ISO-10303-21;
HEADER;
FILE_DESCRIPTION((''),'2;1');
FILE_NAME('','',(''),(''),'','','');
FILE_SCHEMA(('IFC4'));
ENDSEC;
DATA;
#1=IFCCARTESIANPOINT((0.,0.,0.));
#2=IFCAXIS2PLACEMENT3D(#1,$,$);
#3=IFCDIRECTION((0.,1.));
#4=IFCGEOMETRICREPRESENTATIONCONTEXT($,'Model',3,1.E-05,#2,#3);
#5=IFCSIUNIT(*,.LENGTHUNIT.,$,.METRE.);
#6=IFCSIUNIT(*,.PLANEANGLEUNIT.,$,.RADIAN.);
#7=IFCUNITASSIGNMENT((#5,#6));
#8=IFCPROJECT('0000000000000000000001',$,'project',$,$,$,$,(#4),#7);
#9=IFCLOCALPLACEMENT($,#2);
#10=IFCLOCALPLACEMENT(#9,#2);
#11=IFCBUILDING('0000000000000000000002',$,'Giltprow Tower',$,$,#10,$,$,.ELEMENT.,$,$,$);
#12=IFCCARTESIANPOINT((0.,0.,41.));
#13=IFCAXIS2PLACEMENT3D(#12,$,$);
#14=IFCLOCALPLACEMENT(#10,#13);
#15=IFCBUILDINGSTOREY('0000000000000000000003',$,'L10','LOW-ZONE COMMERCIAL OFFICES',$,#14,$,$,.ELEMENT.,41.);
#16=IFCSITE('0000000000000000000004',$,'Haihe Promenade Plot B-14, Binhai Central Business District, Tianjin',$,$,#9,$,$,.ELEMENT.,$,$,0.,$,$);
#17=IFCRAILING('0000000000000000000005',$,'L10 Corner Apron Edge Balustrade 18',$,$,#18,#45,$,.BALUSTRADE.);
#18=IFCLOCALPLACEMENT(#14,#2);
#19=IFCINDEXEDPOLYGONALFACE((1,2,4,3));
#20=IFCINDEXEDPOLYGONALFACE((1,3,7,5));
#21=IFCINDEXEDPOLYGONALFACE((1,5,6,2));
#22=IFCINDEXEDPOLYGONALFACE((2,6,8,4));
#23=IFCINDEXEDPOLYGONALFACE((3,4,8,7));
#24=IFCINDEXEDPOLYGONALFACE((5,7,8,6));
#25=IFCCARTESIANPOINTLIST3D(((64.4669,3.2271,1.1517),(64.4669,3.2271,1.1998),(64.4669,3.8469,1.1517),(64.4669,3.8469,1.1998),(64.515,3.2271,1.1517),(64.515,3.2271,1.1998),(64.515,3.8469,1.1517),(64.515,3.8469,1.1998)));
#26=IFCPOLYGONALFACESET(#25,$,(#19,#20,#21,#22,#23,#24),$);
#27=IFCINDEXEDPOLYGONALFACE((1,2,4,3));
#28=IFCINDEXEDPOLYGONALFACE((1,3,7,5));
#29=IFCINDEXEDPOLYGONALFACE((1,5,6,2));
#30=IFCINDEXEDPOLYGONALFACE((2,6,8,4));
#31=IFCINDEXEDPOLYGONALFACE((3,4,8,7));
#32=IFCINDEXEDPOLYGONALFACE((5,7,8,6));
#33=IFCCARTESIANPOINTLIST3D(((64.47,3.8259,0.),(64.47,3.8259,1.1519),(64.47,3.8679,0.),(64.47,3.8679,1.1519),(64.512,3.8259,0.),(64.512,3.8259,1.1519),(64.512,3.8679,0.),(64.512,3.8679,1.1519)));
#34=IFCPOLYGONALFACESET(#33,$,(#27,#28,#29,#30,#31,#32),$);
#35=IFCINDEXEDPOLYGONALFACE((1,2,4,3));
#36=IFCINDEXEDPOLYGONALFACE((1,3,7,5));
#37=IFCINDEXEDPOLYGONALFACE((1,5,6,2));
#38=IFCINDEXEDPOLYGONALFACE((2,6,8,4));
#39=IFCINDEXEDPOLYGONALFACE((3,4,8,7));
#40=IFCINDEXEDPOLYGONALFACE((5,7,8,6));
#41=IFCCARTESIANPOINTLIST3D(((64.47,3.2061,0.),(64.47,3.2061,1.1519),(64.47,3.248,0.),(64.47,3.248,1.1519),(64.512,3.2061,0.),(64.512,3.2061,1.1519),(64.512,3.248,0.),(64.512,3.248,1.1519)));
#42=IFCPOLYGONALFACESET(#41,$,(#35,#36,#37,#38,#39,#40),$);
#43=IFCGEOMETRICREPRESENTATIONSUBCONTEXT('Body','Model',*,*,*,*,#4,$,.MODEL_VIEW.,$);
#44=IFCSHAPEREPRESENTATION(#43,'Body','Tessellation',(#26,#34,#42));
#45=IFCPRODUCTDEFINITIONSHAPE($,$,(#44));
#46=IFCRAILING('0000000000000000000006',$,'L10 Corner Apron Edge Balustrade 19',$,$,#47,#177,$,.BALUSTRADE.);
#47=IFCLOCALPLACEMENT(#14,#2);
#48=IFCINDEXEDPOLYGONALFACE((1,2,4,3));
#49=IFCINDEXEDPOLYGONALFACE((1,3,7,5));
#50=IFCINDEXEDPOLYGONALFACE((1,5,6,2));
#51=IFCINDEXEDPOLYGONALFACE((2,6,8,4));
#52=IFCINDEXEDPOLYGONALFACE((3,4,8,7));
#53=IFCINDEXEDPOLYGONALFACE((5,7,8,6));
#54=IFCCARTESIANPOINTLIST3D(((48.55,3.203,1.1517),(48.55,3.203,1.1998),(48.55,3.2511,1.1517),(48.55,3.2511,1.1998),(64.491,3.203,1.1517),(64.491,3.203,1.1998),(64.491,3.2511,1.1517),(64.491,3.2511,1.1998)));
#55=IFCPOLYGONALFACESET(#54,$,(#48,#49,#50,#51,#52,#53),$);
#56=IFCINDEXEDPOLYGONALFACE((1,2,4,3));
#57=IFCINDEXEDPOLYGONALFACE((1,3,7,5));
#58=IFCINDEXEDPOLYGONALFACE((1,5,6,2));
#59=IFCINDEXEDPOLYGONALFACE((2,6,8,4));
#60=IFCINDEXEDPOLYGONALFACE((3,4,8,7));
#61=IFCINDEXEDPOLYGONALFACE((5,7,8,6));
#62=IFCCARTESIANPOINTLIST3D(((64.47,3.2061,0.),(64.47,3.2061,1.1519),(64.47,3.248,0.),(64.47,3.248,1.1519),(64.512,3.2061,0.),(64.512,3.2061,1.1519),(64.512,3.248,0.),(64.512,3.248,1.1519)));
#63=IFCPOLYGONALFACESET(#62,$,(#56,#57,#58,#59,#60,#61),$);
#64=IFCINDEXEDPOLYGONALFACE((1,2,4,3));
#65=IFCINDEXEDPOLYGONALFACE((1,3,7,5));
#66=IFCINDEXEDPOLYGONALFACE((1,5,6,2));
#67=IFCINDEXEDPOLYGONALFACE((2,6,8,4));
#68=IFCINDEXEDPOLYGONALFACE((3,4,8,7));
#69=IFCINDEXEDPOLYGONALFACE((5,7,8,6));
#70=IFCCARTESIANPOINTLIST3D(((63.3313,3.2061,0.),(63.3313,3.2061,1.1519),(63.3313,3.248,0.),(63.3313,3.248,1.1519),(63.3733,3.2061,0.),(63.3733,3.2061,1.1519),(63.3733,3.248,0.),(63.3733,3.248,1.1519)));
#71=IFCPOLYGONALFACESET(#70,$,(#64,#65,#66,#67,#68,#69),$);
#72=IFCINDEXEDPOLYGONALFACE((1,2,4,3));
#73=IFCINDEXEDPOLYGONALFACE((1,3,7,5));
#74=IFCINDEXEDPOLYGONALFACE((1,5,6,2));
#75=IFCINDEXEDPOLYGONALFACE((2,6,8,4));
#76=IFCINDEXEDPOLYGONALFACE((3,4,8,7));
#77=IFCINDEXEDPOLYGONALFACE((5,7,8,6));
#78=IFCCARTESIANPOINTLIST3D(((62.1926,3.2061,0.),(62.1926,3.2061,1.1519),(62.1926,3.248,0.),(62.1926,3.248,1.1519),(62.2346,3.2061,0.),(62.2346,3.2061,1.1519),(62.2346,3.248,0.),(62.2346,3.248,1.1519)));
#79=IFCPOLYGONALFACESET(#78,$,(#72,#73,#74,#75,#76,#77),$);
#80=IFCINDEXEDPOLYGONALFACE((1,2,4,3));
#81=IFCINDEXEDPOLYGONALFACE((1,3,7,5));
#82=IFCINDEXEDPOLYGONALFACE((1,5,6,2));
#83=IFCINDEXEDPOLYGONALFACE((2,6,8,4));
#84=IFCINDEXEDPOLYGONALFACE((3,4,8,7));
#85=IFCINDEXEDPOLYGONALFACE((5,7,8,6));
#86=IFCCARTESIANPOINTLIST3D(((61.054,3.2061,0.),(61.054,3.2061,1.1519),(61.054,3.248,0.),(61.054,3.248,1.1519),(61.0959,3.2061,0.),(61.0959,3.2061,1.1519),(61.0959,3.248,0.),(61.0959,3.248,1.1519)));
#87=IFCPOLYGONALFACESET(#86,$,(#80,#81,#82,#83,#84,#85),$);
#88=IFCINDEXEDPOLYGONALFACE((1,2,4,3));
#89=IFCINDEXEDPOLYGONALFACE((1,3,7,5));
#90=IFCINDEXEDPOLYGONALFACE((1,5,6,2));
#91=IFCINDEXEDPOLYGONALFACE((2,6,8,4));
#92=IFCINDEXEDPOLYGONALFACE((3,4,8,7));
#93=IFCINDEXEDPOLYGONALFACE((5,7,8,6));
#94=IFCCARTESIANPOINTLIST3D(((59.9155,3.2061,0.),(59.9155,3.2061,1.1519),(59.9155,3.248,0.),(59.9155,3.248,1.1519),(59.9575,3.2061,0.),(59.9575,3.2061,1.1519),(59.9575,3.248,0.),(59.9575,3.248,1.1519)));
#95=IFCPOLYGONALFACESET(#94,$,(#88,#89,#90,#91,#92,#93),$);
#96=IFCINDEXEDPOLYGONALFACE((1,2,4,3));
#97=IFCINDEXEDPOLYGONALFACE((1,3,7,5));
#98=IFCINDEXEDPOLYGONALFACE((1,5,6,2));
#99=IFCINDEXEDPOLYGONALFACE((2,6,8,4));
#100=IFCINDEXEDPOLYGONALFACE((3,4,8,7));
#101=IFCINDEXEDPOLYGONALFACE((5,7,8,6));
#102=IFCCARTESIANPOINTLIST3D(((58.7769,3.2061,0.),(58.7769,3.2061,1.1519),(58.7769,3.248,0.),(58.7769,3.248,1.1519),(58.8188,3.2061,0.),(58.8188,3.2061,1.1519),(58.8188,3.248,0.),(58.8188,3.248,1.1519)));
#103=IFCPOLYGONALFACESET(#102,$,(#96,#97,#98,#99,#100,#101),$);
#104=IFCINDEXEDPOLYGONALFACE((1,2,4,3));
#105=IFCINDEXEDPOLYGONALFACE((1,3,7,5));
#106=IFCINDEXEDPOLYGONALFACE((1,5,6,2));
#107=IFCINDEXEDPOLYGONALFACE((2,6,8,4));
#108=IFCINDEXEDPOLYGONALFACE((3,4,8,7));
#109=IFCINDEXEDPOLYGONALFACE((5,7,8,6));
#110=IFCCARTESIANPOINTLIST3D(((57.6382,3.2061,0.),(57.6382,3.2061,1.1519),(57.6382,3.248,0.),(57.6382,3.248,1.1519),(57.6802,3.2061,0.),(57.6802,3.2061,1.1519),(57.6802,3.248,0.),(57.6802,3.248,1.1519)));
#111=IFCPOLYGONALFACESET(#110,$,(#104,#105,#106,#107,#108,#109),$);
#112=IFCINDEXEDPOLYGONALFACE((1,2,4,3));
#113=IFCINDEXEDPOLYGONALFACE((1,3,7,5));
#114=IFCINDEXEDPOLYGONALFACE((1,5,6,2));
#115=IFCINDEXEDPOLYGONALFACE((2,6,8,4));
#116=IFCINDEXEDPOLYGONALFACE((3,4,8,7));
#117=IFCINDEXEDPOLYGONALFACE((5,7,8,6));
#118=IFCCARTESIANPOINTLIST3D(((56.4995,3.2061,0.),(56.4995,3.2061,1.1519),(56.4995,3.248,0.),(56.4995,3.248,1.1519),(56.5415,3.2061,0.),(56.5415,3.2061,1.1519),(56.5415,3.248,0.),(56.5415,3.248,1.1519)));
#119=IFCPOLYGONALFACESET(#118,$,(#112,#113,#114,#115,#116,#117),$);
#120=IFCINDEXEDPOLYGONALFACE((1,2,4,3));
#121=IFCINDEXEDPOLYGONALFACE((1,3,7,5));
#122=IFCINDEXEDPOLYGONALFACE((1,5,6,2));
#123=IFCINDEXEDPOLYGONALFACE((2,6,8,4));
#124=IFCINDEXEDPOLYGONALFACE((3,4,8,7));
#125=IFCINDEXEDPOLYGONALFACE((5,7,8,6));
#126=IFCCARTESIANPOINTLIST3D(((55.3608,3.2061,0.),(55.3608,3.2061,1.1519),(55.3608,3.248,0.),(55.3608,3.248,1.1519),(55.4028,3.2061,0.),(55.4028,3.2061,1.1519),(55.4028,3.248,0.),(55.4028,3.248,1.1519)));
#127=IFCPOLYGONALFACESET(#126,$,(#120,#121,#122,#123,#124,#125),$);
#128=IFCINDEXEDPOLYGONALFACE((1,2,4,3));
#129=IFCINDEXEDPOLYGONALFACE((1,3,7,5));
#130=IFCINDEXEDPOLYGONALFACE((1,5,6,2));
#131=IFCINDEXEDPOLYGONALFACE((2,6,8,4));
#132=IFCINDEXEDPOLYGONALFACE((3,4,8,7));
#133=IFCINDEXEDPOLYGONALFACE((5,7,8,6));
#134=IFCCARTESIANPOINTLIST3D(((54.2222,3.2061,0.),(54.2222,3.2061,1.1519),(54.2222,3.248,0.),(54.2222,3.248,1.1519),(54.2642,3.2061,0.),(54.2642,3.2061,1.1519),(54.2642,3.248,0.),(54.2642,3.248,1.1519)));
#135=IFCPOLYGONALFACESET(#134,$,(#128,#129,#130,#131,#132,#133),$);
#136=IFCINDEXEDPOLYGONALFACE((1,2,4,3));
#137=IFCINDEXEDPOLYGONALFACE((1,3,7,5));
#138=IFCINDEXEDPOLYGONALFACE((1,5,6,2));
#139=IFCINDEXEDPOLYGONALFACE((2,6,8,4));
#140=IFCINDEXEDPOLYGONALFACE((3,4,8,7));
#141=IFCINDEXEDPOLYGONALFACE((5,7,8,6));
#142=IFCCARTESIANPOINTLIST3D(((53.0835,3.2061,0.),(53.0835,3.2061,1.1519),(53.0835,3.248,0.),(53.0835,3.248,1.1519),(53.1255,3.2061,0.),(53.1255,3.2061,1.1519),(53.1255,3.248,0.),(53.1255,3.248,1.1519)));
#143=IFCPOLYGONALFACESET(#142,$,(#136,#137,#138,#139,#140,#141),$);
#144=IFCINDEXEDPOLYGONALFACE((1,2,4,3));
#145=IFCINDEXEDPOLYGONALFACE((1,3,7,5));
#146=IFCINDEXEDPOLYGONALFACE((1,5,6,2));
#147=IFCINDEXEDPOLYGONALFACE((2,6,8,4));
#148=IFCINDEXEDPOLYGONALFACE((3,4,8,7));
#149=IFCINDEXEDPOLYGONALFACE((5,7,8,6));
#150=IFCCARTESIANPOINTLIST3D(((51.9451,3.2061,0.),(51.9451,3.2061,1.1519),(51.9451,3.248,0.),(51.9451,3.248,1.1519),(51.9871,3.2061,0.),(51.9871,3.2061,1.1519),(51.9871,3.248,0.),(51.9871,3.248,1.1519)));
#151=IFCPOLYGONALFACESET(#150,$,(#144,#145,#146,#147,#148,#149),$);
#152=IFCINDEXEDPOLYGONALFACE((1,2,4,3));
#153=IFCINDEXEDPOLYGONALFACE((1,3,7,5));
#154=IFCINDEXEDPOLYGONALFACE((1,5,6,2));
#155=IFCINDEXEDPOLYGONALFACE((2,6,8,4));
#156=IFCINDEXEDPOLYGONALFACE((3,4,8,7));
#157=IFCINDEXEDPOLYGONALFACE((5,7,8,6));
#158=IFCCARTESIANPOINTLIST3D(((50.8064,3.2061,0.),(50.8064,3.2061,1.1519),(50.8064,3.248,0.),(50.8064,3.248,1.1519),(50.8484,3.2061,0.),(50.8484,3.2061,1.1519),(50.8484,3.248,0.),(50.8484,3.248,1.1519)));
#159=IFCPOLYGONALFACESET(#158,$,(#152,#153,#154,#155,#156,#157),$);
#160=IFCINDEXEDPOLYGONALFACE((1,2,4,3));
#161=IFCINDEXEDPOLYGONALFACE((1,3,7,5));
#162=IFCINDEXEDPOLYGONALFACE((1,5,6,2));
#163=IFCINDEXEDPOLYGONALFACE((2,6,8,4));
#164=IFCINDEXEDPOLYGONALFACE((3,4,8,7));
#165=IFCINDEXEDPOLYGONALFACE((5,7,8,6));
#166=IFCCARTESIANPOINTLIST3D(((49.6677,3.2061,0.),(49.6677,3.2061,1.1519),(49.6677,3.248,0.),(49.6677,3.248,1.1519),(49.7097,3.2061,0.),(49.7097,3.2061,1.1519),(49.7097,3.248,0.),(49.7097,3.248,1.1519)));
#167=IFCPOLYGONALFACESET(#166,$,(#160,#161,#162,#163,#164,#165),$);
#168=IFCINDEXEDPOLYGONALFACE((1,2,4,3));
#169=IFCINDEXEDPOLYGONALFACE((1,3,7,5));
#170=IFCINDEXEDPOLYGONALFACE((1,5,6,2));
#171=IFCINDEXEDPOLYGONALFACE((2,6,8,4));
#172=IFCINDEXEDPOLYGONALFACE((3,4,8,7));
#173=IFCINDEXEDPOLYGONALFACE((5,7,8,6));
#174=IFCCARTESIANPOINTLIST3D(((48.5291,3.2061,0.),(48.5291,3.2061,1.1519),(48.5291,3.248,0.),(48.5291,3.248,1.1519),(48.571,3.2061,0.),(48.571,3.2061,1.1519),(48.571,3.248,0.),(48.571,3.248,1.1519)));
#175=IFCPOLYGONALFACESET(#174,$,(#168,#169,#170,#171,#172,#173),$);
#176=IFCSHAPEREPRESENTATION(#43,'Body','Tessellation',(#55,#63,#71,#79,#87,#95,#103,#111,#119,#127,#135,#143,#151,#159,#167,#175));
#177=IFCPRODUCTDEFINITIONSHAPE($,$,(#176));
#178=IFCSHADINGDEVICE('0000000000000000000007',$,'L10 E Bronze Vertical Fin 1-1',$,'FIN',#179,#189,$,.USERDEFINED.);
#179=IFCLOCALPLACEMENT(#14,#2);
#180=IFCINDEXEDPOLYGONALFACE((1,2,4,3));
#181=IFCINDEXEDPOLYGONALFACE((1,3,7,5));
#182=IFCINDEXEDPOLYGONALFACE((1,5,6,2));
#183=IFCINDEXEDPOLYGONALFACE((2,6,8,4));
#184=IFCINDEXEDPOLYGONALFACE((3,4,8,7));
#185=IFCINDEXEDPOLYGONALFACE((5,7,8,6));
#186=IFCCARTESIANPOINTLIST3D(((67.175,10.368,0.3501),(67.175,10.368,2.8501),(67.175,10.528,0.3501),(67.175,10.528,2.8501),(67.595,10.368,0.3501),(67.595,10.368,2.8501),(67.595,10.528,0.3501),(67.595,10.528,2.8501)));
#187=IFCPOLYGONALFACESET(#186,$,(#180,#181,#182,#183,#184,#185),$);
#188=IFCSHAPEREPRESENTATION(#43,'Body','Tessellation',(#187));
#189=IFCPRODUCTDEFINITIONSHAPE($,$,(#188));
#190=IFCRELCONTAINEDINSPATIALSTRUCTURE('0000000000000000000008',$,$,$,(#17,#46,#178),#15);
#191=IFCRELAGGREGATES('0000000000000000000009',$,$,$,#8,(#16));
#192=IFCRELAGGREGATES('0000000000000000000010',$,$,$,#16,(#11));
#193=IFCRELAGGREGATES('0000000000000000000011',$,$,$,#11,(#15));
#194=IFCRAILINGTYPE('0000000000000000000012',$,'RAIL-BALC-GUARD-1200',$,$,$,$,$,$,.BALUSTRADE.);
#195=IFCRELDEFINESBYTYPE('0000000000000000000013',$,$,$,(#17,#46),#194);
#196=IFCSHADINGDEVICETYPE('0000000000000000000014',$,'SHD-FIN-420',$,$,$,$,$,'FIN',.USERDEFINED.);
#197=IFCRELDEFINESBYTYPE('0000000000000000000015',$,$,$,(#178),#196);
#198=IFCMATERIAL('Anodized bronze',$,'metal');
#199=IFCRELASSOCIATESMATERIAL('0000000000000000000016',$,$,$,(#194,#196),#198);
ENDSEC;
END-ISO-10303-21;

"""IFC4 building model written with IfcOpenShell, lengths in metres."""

from ifc_helpers import new_model, si_unit, direction, frame, origin, origin_2d, place, context, subcontext, project, spatial, rectangle, extrude, source, transform, mapped, material, type_object, element, save


model = new_model("IFC4")

# Units and contexts
model_context = context("Model", 3, precision=1e-05, world=origin(), true_north=direction((0.0, 1.0)))
body_context = subcontext(model_context, "Body", "Model", "MODEL_VIEW")
ifc_project = project(units=[si_unit("LENGTHUNIT", "METRE"), si_unit("PLANEANGLEUNIT", "RADIAN")], contexts=[model_context])

# Site, building, storey
site_placement = place(None, origin())
site = spatial("IfcSite", under=ifc_project, at=site_placement, Name="Haihe Promenade Plot B-14, Binhai Central Business District, Tianjin", CompositionType="ELEMENT", RefElevation=0.0)
building_placement = place(site_placement, origin())
building = spatial("IfcBuilding", under=site, at=building_placement, Name="Giltprow Tower", CompositionType="ELEMENT")
storey_placement = place(building_placement, frame((0.0, 0.0, 41.0)))
storey = spatial("IfcBuildingStorey", under=building, at=storey_placement, Name="L10", Description="LOW-ZONE COMMERCIAL OFFICES", CompositionType="ELEMENT", Elevation=41.0)

# Shared definitions
ifc_material_1 = material(Name="Anodized bronze", Category="metal")

# Railings
railing_type = type_object("IfcRailingType", Name="RAIL-BALC-GUARD-1200", PredefinedType="BALUSTRADE", material=ifc_material_1)
railing_1_placement = place(storey_placement, frame((64.491, 3.8469, 0.0)))
element("IfcRailing", 1, at=railing_1_placement, inside=storey, type_object=railing_type, Name="L10 Corner Apron Edge Balustrade 18", PredefinedType="BALUSTRADE", context=body_context, shape_type="SweptSolid", body=[
    extrude(rectangle(XDim=0.0481, YDim=0.0481, at=origin_2d()), frame((0.0, 0.0, 1.1758), z_axis=(0.0, -1.0, 0.0), x_axis=(1.0, 0.0, 0.0)), (0.0, 0.0, 1.0), 0.6199),
    extrude(rectangle(XDim=0.042, YDim=0.042, at=origin_2d()), origin(), (0.0, 0.0, 1.0), 1.1519),
    extrude(rectangle(XDim=0.042, YDim=0.042, at=origin_2d()), frame((0.0, -0.6199, 0.0)), (0.0, 0.0, 1.0), 1.1519),
])
railing_2_placement = place(storey_placement, frame((64.491, 3.2271, 0.0)))
element("IfcRailing", 2, at=railing_2_placement, inside=storey, type_object=railing_type, Name="L10 Corner Apron Edge Balustrade 19", PredefinedType="BALUSTRADE", context=body_context, shape_type="SweptSolid", body=[
    extrude(rectangle(XDim=0.0481, YDim=0.0481, at=origin_2d()), frame((0.0, 0.0, 1.1758), z_axis=(-1.0, 0.0, 0.0), x_axis=(0.0, -1.0, 0.0)), (0.0, 0.0, 1.0), 15.9409),
    extrude(rectangle(XDim=0.042, YDim=0.042, at=origin_2d()), origin(), (0.0, 0.0, 1.0), 1.1519),
    extrude(rectangle(XDim=0.042, YDim=0.042, at=origin_2d()), frame((-1.1387, 0.0, 0.0)), (0.0, 0.0, 1.0), 1.1519),
    extrude(rectangle(XDim=0.042, YDim=0.042, at=origin_2d()), frame((-2.2773, 0.0, 0.0)), (0.0, 0.0, 1.0), 1.1519),
    extrude(rectangle(XDim=0.042, YDim=0.042, at=origin_2d()), frame((-3.416, 0.0, 0.0)), (0.0, 0.0, 1.0), 1.1519),
    extrude(rectangle(XDim=0.042, YDim=0.042, at=origin_2d()), frame((-4.5544, 0.0, 0.0)), (0.0, 0.0, 1.0), 1.1519),
    extrude(rectangle(XDim=0.042, YDim=0.042, at=origin_2d()), frame((-5.6931, 0.0, 0.0)), (0.0, 0.0, 1.0), 1.1519),
    extrude(rectangle(XDim=0.042, YDim=0.042, at=origin_2d()), frame((-6.8318, 0.0, 0.0)), (0.0, 0.0, 1.0), 1.1519),
    extrude(rectangle(XDim=0.042, YDim=0.042, at=origin_2d()), frame((-7.9705, 0.0, 0.0)), (0.0, 0.0, 1.0), 1.1519),
    extrude(rectangle(XDim=0.042, YDim=0.042, at=origin_2d()), frame((-9.1091, 0.0, 0.0)), (0.0, 0.0, 1.0), 1.1519),
    extrude(rectangle(XDim=0.042, YDim=0.042, at=origin_2d()), frame((-10.2478, 0.0, 0.0)), (0.0, 0.0, 1.0), 1.1519),
    extrude(rectangle(XDim=0.042, YDim=0.042, at=origin_2d()), frame((-11.3865, 0.0, 0.0)), (0.0, 0.0, 1.0), 1.1519),
    extrude(rectangle(XDim=0.042, YDim=0.042, at=origin_2d()), frame((-12.5249, 0.0, 0.0)), (0.0, 0.0, 1.0), 1.1519),
    extrude(rectangle(XDim=0.042, YDim=0.042, at=origin_2d()), frame((-13.6636, 0.0, 0.0)), (0.0, 0.0, 1.0), 1.1519),
    extrude(rectangle(XDim=0.042, YDim=0.042, at=origin_2d()), frame((-14.8022, 0.0, 0.0)), (0.0, 0.0, 1.0), 1.1519),
    extrude(rectangle(XDim=0.042, YDim=0.042, at=origin_2d()), frame((-15.9409, 0.0, 0.0)), (0.0, 0.0, 1.0), 1.1519),
])

# Shading device
shading_device_type = type_object("IfcShadingDeviceType", Name="SHD-FIN-420", ElementType="FIN", PredefinedType="USERDEFINED", material=ifc_material_1)
shared_shape_1 = source(origin(), body_context, "Body", "SweptSolid", [
    extrude(rectangle(XDim=0.4199, YDim=0.1599, at=origin_2d()), origin(), (0.0, 0.0, 1.0), 2.5),
])
shading_device_placement = place(storey_placement, frame((67.385, 10.448, 0.3501), z_axis=(0.0, 0.0, 1.0), x_axis=(1.0, 0.0, 0.0)))
element("IfcShadingDevice", 3, at=shading_device_placement, inside=storey, type_object=shading_device_type, Name="L10 E Bronze Vertical Fin 1-1", ObjectType="FIN", PredefinedType="USERDEFINED", context=body_context, shape_type="MappedRepresentation", body=[
    mapped(shared_shape_1, transform((0.0, 0.0, 0.0), x_axis=(1.0, 0.0, 0.0), y_axis=(0.0, 1.0, 0.0), z_axis=(0.0, 0.0, 1.0), scale=1.0)),
])

save(model, "model.ifc")
